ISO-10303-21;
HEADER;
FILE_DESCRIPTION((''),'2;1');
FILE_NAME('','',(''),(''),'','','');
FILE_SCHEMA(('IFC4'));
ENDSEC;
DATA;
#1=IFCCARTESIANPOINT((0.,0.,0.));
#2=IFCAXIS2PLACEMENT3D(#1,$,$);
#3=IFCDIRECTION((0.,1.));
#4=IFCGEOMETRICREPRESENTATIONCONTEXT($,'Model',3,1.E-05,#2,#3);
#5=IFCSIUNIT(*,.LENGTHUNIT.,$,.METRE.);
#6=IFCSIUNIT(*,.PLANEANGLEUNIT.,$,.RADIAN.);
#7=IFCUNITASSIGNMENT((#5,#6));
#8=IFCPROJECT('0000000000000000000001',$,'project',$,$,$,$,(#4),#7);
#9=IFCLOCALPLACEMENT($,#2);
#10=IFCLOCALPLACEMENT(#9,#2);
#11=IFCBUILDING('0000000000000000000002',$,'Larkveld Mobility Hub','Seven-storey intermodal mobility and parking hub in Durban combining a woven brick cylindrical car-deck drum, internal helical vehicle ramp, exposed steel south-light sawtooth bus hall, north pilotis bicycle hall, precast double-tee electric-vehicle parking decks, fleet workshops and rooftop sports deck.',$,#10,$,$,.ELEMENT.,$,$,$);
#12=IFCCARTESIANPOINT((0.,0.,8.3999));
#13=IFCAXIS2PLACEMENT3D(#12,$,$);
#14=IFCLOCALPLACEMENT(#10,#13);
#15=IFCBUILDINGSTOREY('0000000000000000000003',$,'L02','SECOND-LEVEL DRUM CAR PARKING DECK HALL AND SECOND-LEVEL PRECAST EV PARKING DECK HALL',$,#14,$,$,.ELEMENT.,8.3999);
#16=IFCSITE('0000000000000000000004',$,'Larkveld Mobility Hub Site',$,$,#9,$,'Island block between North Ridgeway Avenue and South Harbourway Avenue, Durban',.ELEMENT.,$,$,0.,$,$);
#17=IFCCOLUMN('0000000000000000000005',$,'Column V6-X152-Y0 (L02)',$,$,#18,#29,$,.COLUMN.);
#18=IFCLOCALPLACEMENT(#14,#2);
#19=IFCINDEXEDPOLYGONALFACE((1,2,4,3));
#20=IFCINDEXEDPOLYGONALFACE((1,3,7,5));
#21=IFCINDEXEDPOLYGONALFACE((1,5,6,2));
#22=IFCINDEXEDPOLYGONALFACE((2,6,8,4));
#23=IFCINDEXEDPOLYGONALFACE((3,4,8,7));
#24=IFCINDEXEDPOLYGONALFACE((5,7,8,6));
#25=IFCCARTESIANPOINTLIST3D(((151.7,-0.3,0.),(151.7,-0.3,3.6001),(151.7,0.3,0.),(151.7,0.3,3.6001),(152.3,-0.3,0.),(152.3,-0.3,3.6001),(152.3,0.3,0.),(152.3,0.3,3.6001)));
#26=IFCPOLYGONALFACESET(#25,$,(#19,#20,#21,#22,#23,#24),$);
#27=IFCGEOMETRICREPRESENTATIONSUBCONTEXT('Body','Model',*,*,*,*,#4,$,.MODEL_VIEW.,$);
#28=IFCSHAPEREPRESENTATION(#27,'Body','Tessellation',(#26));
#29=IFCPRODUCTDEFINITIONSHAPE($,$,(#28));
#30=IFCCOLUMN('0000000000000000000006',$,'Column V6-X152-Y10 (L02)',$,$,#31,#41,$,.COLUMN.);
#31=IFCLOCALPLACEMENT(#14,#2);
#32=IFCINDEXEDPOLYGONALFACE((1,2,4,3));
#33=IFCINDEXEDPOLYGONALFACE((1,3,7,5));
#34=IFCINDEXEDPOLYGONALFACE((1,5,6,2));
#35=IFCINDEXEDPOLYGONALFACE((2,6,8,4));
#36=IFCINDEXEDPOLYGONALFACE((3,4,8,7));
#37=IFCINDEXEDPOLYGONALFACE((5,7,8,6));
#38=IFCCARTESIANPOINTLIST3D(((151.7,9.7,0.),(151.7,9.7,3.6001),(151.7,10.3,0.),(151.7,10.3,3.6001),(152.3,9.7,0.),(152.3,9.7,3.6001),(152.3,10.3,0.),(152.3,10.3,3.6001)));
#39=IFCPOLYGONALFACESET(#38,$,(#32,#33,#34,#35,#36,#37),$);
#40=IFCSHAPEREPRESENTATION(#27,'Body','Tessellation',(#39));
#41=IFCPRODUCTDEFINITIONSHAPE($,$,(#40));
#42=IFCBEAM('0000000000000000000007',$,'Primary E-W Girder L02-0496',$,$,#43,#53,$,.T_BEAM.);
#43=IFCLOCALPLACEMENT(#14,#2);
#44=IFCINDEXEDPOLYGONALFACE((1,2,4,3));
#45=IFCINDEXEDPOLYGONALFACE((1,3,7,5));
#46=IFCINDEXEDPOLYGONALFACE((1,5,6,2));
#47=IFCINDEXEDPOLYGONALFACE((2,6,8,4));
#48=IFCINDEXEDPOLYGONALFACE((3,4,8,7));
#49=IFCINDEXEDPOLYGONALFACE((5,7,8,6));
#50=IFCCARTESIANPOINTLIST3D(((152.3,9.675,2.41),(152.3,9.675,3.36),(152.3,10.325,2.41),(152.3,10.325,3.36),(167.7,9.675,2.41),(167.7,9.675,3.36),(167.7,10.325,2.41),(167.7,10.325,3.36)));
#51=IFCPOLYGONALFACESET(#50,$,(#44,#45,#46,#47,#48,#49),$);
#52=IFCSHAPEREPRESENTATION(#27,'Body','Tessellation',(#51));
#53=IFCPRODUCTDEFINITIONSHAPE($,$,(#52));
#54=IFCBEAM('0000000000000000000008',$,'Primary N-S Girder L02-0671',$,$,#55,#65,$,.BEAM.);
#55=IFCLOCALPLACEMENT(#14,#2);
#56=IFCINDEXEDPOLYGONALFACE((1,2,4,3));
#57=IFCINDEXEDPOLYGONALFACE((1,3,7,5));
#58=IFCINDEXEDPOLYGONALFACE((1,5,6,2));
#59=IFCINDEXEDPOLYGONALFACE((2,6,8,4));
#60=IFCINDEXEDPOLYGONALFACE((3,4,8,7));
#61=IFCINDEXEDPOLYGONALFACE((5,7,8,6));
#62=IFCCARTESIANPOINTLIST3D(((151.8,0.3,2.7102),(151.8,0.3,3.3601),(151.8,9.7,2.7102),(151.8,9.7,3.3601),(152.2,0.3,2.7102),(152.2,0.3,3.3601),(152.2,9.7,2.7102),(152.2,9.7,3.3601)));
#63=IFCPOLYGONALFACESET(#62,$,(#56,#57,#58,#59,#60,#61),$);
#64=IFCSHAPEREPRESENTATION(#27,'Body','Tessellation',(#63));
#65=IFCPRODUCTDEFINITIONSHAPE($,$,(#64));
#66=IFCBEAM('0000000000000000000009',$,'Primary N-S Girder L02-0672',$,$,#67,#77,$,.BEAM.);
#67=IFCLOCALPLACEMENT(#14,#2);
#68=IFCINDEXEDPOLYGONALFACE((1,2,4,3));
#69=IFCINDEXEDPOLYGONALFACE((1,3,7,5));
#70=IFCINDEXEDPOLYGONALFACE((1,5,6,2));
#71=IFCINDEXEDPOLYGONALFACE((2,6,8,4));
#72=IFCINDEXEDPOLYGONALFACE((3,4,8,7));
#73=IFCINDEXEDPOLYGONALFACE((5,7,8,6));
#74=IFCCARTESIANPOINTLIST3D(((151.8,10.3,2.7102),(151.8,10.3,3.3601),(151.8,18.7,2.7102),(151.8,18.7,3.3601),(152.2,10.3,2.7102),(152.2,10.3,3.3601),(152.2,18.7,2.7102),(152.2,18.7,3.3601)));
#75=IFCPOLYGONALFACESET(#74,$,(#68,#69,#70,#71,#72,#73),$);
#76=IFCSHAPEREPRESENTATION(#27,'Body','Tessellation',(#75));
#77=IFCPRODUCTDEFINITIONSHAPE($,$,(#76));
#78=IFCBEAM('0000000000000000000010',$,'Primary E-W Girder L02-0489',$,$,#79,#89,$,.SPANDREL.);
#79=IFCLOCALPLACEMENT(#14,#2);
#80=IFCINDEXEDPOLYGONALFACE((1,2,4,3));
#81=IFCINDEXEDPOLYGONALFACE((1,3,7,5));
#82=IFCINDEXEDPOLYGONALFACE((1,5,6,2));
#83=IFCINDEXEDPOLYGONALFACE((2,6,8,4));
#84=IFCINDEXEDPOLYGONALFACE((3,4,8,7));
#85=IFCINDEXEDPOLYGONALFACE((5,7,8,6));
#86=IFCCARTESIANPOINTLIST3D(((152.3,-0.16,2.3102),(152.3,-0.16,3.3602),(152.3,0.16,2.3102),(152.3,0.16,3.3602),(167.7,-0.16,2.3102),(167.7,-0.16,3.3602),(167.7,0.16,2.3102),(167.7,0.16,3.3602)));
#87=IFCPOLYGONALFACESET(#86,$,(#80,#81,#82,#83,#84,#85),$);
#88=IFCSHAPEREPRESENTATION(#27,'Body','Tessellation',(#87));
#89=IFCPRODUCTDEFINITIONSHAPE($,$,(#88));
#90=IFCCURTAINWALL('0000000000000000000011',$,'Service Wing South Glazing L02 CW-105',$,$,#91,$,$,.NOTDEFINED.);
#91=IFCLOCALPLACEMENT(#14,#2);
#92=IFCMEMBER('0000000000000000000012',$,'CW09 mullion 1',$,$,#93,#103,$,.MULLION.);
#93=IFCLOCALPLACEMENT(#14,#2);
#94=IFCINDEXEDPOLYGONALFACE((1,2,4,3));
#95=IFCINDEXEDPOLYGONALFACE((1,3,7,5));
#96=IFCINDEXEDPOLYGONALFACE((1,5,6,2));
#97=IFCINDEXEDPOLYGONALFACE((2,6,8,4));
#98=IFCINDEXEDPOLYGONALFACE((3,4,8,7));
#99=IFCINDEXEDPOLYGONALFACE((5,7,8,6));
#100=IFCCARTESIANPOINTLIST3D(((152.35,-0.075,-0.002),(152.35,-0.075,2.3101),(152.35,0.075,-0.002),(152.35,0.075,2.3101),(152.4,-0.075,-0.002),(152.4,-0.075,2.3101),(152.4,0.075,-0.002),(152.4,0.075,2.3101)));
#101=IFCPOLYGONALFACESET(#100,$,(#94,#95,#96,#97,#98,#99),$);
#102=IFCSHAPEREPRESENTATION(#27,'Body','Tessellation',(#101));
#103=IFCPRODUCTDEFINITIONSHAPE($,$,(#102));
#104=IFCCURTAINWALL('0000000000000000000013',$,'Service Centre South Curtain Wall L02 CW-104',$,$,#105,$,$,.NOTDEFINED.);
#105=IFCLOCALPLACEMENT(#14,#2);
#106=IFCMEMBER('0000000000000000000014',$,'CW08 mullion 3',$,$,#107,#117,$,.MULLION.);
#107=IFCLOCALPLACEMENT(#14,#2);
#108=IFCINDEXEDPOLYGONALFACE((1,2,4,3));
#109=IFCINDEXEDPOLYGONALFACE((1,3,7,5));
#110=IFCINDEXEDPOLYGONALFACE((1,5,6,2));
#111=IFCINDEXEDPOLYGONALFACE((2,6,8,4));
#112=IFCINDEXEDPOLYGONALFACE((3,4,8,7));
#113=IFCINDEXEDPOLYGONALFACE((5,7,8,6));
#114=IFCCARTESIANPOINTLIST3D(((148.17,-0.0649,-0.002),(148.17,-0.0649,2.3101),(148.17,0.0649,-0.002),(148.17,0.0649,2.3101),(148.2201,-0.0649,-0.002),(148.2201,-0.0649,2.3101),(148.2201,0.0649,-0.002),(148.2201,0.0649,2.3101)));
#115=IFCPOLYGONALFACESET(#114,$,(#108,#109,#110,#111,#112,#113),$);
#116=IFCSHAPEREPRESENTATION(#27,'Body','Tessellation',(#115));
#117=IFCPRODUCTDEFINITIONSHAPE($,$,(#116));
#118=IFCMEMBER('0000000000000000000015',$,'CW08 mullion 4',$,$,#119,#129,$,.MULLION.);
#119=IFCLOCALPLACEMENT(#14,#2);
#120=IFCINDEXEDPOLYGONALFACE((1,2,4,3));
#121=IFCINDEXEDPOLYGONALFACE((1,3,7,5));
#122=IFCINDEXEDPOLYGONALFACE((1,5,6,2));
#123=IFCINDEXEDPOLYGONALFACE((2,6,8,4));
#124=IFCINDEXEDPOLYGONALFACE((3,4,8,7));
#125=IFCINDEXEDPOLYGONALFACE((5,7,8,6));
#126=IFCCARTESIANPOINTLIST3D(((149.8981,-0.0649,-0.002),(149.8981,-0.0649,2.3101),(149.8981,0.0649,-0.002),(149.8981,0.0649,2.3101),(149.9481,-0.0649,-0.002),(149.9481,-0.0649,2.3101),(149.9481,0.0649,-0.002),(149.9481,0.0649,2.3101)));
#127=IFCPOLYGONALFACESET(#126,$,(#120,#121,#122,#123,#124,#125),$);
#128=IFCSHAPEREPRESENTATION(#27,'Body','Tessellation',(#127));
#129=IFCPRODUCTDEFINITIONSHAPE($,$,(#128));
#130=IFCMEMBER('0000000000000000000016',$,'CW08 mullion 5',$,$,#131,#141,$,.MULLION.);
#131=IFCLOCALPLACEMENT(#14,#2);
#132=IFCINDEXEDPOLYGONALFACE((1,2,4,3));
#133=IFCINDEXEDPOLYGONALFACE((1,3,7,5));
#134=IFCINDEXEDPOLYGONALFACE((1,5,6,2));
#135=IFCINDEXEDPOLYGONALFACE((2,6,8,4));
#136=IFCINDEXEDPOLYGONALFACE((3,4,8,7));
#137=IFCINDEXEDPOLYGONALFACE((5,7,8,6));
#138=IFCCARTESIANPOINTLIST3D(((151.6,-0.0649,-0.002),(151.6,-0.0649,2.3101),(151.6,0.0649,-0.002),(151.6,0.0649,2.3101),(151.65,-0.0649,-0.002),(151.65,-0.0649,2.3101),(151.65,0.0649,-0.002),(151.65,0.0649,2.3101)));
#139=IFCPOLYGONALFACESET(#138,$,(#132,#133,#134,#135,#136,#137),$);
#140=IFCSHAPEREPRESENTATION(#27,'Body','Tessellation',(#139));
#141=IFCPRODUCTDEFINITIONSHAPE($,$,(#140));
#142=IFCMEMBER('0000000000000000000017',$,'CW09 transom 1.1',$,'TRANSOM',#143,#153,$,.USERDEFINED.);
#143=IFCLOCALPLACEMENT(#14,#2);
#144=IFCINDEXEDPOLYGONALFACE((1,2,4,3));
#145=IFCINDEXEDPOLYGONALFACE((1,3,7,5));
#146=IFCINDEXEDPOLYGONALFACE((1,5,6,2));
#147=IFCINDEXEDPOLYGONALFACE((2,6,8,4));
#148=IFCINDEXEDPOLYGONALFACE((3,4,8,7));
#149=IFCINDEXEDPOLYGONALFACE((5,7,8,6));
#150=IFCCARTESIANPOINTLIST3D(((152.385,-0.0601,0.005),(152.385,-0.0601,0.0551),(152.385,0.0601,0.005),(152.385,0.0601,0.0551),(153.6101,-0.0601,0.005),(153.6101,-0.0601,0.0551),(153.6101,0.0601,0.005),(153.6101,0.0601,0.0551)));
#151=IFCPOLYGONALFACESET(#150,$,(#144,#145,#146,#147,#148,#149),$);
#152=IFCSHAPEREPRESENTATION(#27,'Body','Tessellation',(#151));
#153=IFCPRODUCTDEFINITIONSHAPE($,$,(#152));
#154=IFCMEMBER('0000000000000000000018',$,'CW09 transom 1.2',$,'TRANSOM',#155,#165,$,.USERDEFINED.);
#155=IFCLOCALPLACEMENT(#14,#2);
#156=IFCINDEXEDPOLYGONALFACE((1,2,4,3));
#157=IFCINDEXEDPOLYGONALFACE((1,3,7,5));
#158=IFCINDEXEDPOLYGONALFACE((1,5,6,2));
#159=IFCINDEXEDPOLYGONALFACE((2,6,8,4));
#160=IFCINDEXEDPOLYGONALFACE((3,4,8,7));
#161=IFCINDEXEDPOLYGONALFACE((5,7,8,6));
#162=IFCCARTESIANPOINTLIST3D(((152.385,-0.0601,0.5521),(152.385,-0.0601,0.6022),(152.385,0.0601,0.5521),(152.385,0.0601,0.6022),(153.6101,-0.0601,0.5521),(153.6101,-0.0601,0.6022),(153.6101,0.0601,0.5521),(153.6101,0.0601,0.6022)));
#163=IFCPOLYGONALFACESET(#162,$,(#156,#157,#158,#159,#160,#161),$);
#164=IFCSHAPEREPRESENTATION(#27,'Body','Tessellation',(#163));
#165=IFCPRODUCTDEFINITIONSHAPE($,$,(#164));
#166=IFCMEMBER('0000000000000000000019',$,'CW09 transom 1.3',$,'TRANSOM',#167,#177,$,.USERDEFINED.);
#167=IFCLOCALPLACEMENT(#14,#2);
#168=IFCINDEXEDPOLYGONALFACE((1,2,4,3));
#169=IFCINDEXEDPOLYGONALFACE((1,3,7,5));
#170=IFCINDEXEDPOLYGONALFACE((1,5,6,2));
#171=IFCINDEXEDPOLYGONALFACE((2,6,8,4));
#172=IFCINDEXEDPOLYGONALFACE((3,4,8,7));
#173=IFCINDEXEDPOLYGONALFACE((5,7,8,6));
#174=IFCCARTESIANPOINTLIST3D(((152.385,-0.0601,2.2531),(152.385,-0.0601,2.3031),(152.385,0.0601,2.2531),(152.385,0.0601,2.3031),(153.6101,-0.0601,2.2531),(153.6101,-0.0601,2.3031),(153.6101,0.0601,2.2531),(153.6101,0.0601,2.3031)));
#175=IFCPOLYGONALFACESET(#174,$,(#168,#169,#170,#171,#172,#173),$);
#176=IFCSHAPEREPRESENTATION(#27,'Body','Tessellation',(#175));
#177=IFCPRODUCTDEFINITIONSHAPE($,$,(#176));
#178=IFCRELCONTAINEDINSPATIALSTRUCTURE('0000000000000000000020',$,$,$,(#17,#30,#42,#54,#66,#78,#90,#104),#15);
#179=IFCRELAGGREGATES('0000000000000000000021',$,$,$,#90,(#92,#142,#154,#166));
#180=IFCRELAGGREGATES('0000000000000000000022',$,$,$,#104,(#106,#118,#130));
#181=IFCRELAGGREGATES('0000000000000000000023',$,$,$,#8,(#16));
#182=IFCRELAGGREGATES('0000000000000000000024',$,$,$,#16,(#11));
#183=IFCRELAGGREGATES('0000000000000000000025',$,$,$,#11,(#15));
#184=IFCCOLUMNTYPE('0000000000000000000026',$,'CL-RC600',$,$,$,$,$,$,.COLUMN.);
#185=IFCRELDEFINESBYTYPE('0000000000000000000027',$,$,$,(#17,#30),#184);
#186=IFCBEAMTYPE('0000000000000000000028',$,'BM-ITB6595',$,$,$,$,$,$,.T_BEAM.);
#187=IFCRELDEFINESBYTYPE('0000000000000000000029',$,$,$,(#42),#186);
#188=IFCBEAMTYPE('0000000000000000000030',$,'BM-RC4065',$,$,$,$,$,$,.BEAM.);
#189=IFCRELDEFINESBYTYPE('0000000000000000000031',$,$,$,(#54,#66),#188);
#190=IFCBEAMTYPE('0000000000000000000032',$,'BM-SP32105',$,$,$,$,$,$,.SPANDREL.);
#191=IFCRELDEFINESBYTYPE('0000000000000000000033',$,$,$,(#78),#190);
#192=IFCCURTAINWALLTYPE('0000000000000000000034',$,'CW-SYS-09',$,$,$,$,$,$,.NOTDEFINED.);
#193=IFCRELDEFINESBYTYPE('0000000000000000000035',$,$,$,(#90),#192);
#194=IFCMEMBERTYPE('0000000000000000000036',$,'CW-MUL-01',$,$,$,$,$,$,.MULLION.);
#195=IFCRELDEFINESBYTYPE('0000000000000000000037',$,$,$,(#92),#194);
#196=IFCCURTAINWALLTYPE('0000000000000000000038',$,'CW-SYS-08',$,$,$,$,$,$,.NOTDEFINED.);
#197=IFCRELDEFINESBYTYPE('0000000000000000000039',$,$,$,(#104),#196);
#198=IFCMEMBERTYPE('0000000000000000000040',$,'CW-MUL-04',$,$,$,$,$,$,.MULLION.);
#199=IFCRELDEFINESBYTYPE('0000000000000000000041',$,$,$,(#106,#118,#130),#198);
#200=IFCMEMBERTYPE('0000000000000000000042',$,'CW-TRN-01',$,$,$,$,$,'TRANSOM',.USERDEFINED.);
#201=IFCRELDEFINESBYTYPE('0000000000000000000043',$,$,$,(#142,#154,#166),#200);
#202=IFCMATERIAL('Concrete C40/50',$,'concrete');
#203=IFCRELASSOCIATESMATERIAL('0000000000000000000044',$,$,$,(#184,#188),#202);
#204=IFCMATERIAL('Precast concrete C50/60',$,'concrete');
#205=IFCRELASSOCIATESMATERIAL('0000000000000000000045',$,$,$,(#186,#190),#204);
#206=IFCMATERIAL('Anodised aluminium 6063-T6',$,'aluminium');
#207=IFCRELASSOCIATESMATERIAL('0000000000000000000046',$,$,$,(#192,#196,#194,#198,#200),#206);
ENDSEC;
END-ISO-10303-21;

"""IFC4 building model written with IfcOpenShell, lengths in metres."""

from ifc_helpers import new_model, si_unit, direction, frame, origin, origin_2d, place, context, subcontext, project, spatial, rectangle, extrude, material, material_profile, profile_set, type_object, element, aggregate, save


model = new_model("IFC4")

# Units and contexts
model_context = context("Model", 3, precision=1e-05, world=origin(), true_north=direction((0.0, 1.0)))
body_context = subcontext(model_context, "Body", "Model", "MODEL_VIEW")
ifc_project = project(units=[si_unit("LENGTHUNIT", "METRE"), si_unit("PLANEANGLEUNIT", "RADIAN")], contexts=[model_context])

# Site, building, storey
site_placement = place(None, origin())
site = spatial("IfcSite", under=ifc_project, at=site_placement, Name="Larkveld Mobility Hub Site", LongName="Island block between North Ridgeway Avenue and South Harbourway Avenue, Durban", CompositionType="ELEMENT", RefElevation=0.0)
building_placement = place(site_placement, origin())
building = spatial("IfcBuilding", under=site, at=building_placement, Name="Larkveld Mobility Hub", Description="Seven-storey intermodal mobility and parking hub in Durban combining a woven brick cylindrical car-deck drum, internal helical vehicle ramp, exposed steel south-light sawtooth bus hall, north pilotis bicycle hall, precast double-tee electric-vehicle parking decks, fleet workshops and rooftop sports deck.", CompositionType="ELEMENT")
storey_placement = place(building_placement, frame((0.0, 0.0, 8.3999)))
storey = spatial("IfcBuildingStorey", under=building, at=storey_placement, Name="L02", Description="SECOND-LEVEL DRUM CAR PARKING DECK HALL AND SECOND-LEVEL PRECAST EV PARKING DECK HALL", CompositionType="ELEMENT", Elevation=8.3999)

# Columns
ifc_material_1 = material(Name="Concrete C40/50", Category="concrete")
ifc_material_profile_1 = material_profile(ifc_material_1, rectangle(XDim=0.6001, YDim=0.6001, at=origin_2d()), Name="RC COL 600x600")
ifc_profile_set_1 = profile_set([ifc_material_profile_1], Name="Concrete C40/50")
column_type = type_object("IfcColumnType", Name="CL-RC600", PredefinedType="COLUMN", material=ifc_profile_set_1)
for number, where, z_axis, x_axis, name in (
    (1, (152.0, 0.0, 0.0), (0.0, 0.0, 1.0), (1.0, 0.0, 0.0), "Column V6-X152-Y0 (L02)"),
    (2, (152.0, 10.0, 0.0), (0.0, 0.0, 1.0), (1.0, 0.0, 0.0), "Column V6-X152-Y10 (L02)"),
):
    element("IfcColumn", number, at=place(storey_placement, frame(where, z_axis=z_axis, x_axis=x_axis)), inside=storey, type_object=column_type, Name=name, PredefinedType="COLUMN", context=body_context, shape_type="SweptSolid", body=[
        extrude(rectangle(XDim=0.6001, YDim=0.6001, at=origin_2d()), origin(), (0.0, 0.0, 1.0), 3.6001),
    ])

# Beams
ifc_material_2 = material(Name="Precast concrete C50/60", Category="concrete")
ifc_material_profile_2 = material_profile(ifc_material_2, rectangle(XDim=0.6499, YDim=0.95, at=origin_2d()), Name="PC ITB 650x950")
ifc_profile_set_2 = profile_set([ifc_material_profile_2], Name="Precast concrete C50/60")
beam_type_1 = type_object("IfcBeamType", Name="BM-ITB6595", PredefinedType="T_BEAM", material=ifc_profile_set_2)
beam_1_placement = place(storey_placement, frame((152.3, 10.0, 2.885), z_axis=(1.0, 0.0, 0.0), x_axis=(0.0, 1.0, 0.0)))
element("IfcBeam", 3, at=beam_1_placement, inside=storey, type_object=beam_type_1, Name="Primary E-W Girder L02-0496", PredefinedType="T_BEAM", context=body_context, shape_type="SweptSolid", body=[
    extrude(rectangle(XDim=0.6499, YDim=0.95, at=origin_2d()), origin(), (0.0, 0.0, 1.0), 15.3999),
])
ifc_material_profile_3 = material_profile(ifc_material_1, rectangle(XDim=0.3999, YDim=0.6499, at=origin_2d()), Name="RC BM 400x650")
ifc_profile_set_3 = profile_set([ifc_material_profile_3], Name="Concrete C40/50")
beam_type_2 = type_object("IfcBeamType", Name="BM-RC4065", PredefinedType="BEAM", material=ifc_profile_set_3)
beam_2_placement = place(storey_placement, frame((152.0, 0.3, 3.0352), z_axis=(0.0, 1.0, 0.0), x_axis=(-1.0, 0.0, 0.0)))
element("IfcBeam", 4, at=beam_2_placement, inside=storey, type_object=beam_type_2, Name="Primary N-S Girder L02-0671", PredefinedType="BEAM", context=body_context, shape_type="SweptSolid", body=[
    extrude(rectangle(XDim=0.3999, YDim=0.6499, at=origin_2d()), origin(), (0.0, 0.0, 1.0), 9.3999),
])
beam_3_placement = place(storey_placement, frame((152.0, 10.3, 3.0352), z_axis=(0.0, 1.0, 0.0), x_axis=(-1.0, 0.0, 0.0)))
element("IfcBeam", 5, at=beam_3_placement, inside=storey, type_object=beam_type_2, Name="Primary N-S Girder L02-0672", PredefinedType="BEAM", context=body_context, shape_type="SweptSolid", body=[
    extrude(rectangle(XDim=0.3999, YDim=0.6499, at=origin_2d()), origin(), (0.0, 0.0, 1.0), 8.3999),
])
ifc_material_profile_4 = material_profile(ifc_material_2, rectangle(XDim=0.3201, YDim=1.05, at=origin_2d()), Name="PC SP 320x1050")
ifc_profile_set_4 = profile_set([ifc_material_profile_4], Name="Precast concrete C50/60")
beam_type_3 = type_object("IfcBeamType", Name="BM-SP32105", PredefinedType="SPANDREL", material=ifc_profile_set_4)
beam_4_placement = place(storey_placement, frame((152.3, 0.0, 2.8352), z_axis=(1.0, 0.0, 0.0), x_axis=(0.0, 1.0, 0.0)))
element("IfcBeam", 6, at=beam_4_placement, inside=storey, type_object=beam_type_3, Name="Primary E-W Girder L02-0489", PredefinedType="SPANDREL", context=body_context, shape_type="SweptSolid", body=[
    extrude(rectangle(XDim=0.3201, YDim=1.05, at=origin_2d()), origin(), (0.0, 0.0, 1.0), 15.3999),
])

# Curtain wall, member
ifc_material_3 = material(Name="Anodised aluminium 6063-T6", Category="aluminium")
curtain_wall_type_1 = type_object("IfcCurtainWallType", Name="CW-SYS-09", PredefinedType="NOTDEFINED", material=ifc_material_3)
curtain_wall_1_placement = place(storey_placement, origin())
curtain_wall_1 = element("IfcCurtainWall", 7, at=curtain_wall_1_placement, inside=storey, type_object=curtain_wall_type_1, Name="Service Wing South Glazing L02 CW-105", PredefinedType="NOTDEFINED")
ifc_material_profile_5 = material_profile(ifc_material_3, rectangle(XDim=0.05, YDim=0.1499, at=origin_2d()), Name="ALU MULL 50x150")
ifc_profile_set_5 = profile_set([ifc_material_profile_5], Name="Anodised aluminium 6063-T6")
member_type_1 = type_object("IfcMemberType", Name="CW-MUL-01", PredefinedType="MULLION", material=ifc_profile_set_5)
member_1_placement = place(storey_placement, frame((152.375, 0.0, -0.002), z_axis=(0.0, 0.0, 1.0), x_axis=(1.0, 0.0, 0.0)))
member_1 = element("IfcMember", 8, at=member_1_placement, type_object=member_type_1, Name="CW09 mullion 1", PredefinedType="MULLION", context=body_context, shape_type="SweptSolid", body=[
    extrude(rectangle(XDim=0.05, YDim=0.1499, at=origin_2d()), origin(), (0.0, 0.0, 1.0), 2.312),
])

# Curtain wall, members
curtain_wall_type_2 = type_object("IfcCurtainWallType", Name="CW-SYS-08", PredefinedType="NOTDEFINED", material=ifc_material_3)
curtain_wall_2_placement = place(storey_placement, origin())
curtain_wall_2 = element("IfcCurtainWall", 9, at=curtain_wall_2_placement, inside=storey, type_object=curtain_wall_type_2, Name="Service Centre South Curtain Wall L02 CW-104", PredefinedType="NOTDEFINED")
ifc_material_profile_6 = material_profile(ifc_material_3, rectangle(XDim=0.05, YDim=0.1299, at=origin_2d()), Name="ALU MULL 50x130")
ifc_profile_set_6 = profile_set([ifc_material_profile_6], Name="Anodised aluminium 6063-T6")
member_type_2 = type_object("IfcMemberType", Name="CW-MUL-04", PredefinedType="MULLION", material=ifc_profile_set_6)
member_2_placement = place(storey_placement, frame((148.1951, 0.0, -0.002), z_axis=(0.0, 0.0, 1.0), x_axis=(1.0, 0.0, 0.0)))
member_2 = element("IfcMember", 10, at=member_2_placement, type_object=member_type_2, Name="CW08 mullion 3", PredefinedType="MULLION", context=body_context, shape_type="SweptSolid", body=[
    extrude(rectangle(XDim=0.05, YDim=0.1299, at=origin_2d()), origin(), (0.0, 0.0, 1.0), 2.312),
])
member_3_placement = place(storey_placement, frame((149.9231, 0.0, -0.002), z_axis=(0.0, 0.0, 1.0), x_axis=(1.0, 0.0, 0.0)))
member_3 = element("IfcMember", 11, at=member_3_placement, type_object=member_type_2, Name="CW08 mullion 4", PredefinedType="MULLION", context=body_context, shape_type="SweptSolid", body=[
    extrude(rectangle(XDim=0.05, YDim=0.1299, at=origin_2d()), origin(), (0.0, 0.0, 1.0), 2.312),
])
member_4_placement = place(storey_placement, frame((151.625, 0.0, -0.002), z_axis=(0.0, 0.0, 1.0), x_axis=(1.0, 0.0, 0.0)))
member_4 = element("IfcMember", 12, at=member_4_placement, type_object=member_type_2, Name="CW08 mullion 5", PredefinedType="MULLION", context=body_context, shape_type="SweptSolid", body=[
    extrude(rectangle(XDim=0.05, YDim=0.1299, at=origin_2d()), origin(), (0.0, 0.0, 1.0), 2.312),
])

# Members
ifc_material_profile_7 = material_profile(ifc_material_3, rectangle(XDim=0.1201, YDim=0.05, at=origin_2d()), Name="ALU TRAN 50x120")
ifc_profile_set_7 = profile_set([ifc_material_profile_7], Name="Anodised aluminium 6063-T6")
member_type_3 = type_object("IfcMemberType", Name="CW-TRN-01", ElementType="TRANSOM", PredefinedType="USERDEFINED", material=ifc_profile_set_7)
member_5_placement = place(storey_placement, frame((152.385, 0.0, 0.03), z_axis=(1.0, 0.0, 0.0), x_axis=(0.0, 1.0, 0.0)))
member_5 = element("IfcMember", 13, at=member_5_placement, type_object=member_type_3, Name="CW09 transom 1.1", ObjectType="TRANSOM", PredefinedType="USERDEFINED", context=body_context, shape_type="SweptSolid", body=[
    extrude(rectangle(XDim=0.1201, YDim=0.05, at=origin_2d()), origin(), (0.0, 0.0, 1.0), 1.2251),
])
member_6_placement = place(storey_placement, frame((152.385, 0.0, 0.5771), z_axis=(1.0, 0.0, 0.0), x_axis=(0.0, 1.0, 0.0)))
member_6 = element("IfcMember", 14, at=member_6_placement, type_object=member_type_3, Name="CW09 transom 1.2", ObjectType="TRANSOM", PredefinedType="USERDEFINED", context=body_context, shape_type="SweptSolid", body=[
    extrude(rectangle(XDim=0.1201, YDim=0.05, at=origin_2d()), origin(), (0.0, 0.0, 1.0), 1.2251),
])
member_7_placement = place(storey_placement, frame((152.385, 0.0, 2.2781), z_axis=(1.0, 0.0, 0.0), x_axis=(0.0, 1.0, 0.0)))
member_7 = element("IfcMember", 15, at=member_7_placement, type_object=member_type_3, Name="CW09 transom 1.3", ObjectType="TRANSOM", PredefinedType="USERDEFINED", context=body_context, shape_type="SweptSolid", body=[
    extrude(rectangle(XDim=0.1201, YDim=0.05, at=origin_2d()), origin(), (0.0, 0.0, 1.0), 1.2251),
])

aggregate(curtain_wall_1, [member_1, member_5, member_6, member_7])
aggregate(curtain_wall_2, [member_2, member_3, member_4])

save(model, "model.ifc")
